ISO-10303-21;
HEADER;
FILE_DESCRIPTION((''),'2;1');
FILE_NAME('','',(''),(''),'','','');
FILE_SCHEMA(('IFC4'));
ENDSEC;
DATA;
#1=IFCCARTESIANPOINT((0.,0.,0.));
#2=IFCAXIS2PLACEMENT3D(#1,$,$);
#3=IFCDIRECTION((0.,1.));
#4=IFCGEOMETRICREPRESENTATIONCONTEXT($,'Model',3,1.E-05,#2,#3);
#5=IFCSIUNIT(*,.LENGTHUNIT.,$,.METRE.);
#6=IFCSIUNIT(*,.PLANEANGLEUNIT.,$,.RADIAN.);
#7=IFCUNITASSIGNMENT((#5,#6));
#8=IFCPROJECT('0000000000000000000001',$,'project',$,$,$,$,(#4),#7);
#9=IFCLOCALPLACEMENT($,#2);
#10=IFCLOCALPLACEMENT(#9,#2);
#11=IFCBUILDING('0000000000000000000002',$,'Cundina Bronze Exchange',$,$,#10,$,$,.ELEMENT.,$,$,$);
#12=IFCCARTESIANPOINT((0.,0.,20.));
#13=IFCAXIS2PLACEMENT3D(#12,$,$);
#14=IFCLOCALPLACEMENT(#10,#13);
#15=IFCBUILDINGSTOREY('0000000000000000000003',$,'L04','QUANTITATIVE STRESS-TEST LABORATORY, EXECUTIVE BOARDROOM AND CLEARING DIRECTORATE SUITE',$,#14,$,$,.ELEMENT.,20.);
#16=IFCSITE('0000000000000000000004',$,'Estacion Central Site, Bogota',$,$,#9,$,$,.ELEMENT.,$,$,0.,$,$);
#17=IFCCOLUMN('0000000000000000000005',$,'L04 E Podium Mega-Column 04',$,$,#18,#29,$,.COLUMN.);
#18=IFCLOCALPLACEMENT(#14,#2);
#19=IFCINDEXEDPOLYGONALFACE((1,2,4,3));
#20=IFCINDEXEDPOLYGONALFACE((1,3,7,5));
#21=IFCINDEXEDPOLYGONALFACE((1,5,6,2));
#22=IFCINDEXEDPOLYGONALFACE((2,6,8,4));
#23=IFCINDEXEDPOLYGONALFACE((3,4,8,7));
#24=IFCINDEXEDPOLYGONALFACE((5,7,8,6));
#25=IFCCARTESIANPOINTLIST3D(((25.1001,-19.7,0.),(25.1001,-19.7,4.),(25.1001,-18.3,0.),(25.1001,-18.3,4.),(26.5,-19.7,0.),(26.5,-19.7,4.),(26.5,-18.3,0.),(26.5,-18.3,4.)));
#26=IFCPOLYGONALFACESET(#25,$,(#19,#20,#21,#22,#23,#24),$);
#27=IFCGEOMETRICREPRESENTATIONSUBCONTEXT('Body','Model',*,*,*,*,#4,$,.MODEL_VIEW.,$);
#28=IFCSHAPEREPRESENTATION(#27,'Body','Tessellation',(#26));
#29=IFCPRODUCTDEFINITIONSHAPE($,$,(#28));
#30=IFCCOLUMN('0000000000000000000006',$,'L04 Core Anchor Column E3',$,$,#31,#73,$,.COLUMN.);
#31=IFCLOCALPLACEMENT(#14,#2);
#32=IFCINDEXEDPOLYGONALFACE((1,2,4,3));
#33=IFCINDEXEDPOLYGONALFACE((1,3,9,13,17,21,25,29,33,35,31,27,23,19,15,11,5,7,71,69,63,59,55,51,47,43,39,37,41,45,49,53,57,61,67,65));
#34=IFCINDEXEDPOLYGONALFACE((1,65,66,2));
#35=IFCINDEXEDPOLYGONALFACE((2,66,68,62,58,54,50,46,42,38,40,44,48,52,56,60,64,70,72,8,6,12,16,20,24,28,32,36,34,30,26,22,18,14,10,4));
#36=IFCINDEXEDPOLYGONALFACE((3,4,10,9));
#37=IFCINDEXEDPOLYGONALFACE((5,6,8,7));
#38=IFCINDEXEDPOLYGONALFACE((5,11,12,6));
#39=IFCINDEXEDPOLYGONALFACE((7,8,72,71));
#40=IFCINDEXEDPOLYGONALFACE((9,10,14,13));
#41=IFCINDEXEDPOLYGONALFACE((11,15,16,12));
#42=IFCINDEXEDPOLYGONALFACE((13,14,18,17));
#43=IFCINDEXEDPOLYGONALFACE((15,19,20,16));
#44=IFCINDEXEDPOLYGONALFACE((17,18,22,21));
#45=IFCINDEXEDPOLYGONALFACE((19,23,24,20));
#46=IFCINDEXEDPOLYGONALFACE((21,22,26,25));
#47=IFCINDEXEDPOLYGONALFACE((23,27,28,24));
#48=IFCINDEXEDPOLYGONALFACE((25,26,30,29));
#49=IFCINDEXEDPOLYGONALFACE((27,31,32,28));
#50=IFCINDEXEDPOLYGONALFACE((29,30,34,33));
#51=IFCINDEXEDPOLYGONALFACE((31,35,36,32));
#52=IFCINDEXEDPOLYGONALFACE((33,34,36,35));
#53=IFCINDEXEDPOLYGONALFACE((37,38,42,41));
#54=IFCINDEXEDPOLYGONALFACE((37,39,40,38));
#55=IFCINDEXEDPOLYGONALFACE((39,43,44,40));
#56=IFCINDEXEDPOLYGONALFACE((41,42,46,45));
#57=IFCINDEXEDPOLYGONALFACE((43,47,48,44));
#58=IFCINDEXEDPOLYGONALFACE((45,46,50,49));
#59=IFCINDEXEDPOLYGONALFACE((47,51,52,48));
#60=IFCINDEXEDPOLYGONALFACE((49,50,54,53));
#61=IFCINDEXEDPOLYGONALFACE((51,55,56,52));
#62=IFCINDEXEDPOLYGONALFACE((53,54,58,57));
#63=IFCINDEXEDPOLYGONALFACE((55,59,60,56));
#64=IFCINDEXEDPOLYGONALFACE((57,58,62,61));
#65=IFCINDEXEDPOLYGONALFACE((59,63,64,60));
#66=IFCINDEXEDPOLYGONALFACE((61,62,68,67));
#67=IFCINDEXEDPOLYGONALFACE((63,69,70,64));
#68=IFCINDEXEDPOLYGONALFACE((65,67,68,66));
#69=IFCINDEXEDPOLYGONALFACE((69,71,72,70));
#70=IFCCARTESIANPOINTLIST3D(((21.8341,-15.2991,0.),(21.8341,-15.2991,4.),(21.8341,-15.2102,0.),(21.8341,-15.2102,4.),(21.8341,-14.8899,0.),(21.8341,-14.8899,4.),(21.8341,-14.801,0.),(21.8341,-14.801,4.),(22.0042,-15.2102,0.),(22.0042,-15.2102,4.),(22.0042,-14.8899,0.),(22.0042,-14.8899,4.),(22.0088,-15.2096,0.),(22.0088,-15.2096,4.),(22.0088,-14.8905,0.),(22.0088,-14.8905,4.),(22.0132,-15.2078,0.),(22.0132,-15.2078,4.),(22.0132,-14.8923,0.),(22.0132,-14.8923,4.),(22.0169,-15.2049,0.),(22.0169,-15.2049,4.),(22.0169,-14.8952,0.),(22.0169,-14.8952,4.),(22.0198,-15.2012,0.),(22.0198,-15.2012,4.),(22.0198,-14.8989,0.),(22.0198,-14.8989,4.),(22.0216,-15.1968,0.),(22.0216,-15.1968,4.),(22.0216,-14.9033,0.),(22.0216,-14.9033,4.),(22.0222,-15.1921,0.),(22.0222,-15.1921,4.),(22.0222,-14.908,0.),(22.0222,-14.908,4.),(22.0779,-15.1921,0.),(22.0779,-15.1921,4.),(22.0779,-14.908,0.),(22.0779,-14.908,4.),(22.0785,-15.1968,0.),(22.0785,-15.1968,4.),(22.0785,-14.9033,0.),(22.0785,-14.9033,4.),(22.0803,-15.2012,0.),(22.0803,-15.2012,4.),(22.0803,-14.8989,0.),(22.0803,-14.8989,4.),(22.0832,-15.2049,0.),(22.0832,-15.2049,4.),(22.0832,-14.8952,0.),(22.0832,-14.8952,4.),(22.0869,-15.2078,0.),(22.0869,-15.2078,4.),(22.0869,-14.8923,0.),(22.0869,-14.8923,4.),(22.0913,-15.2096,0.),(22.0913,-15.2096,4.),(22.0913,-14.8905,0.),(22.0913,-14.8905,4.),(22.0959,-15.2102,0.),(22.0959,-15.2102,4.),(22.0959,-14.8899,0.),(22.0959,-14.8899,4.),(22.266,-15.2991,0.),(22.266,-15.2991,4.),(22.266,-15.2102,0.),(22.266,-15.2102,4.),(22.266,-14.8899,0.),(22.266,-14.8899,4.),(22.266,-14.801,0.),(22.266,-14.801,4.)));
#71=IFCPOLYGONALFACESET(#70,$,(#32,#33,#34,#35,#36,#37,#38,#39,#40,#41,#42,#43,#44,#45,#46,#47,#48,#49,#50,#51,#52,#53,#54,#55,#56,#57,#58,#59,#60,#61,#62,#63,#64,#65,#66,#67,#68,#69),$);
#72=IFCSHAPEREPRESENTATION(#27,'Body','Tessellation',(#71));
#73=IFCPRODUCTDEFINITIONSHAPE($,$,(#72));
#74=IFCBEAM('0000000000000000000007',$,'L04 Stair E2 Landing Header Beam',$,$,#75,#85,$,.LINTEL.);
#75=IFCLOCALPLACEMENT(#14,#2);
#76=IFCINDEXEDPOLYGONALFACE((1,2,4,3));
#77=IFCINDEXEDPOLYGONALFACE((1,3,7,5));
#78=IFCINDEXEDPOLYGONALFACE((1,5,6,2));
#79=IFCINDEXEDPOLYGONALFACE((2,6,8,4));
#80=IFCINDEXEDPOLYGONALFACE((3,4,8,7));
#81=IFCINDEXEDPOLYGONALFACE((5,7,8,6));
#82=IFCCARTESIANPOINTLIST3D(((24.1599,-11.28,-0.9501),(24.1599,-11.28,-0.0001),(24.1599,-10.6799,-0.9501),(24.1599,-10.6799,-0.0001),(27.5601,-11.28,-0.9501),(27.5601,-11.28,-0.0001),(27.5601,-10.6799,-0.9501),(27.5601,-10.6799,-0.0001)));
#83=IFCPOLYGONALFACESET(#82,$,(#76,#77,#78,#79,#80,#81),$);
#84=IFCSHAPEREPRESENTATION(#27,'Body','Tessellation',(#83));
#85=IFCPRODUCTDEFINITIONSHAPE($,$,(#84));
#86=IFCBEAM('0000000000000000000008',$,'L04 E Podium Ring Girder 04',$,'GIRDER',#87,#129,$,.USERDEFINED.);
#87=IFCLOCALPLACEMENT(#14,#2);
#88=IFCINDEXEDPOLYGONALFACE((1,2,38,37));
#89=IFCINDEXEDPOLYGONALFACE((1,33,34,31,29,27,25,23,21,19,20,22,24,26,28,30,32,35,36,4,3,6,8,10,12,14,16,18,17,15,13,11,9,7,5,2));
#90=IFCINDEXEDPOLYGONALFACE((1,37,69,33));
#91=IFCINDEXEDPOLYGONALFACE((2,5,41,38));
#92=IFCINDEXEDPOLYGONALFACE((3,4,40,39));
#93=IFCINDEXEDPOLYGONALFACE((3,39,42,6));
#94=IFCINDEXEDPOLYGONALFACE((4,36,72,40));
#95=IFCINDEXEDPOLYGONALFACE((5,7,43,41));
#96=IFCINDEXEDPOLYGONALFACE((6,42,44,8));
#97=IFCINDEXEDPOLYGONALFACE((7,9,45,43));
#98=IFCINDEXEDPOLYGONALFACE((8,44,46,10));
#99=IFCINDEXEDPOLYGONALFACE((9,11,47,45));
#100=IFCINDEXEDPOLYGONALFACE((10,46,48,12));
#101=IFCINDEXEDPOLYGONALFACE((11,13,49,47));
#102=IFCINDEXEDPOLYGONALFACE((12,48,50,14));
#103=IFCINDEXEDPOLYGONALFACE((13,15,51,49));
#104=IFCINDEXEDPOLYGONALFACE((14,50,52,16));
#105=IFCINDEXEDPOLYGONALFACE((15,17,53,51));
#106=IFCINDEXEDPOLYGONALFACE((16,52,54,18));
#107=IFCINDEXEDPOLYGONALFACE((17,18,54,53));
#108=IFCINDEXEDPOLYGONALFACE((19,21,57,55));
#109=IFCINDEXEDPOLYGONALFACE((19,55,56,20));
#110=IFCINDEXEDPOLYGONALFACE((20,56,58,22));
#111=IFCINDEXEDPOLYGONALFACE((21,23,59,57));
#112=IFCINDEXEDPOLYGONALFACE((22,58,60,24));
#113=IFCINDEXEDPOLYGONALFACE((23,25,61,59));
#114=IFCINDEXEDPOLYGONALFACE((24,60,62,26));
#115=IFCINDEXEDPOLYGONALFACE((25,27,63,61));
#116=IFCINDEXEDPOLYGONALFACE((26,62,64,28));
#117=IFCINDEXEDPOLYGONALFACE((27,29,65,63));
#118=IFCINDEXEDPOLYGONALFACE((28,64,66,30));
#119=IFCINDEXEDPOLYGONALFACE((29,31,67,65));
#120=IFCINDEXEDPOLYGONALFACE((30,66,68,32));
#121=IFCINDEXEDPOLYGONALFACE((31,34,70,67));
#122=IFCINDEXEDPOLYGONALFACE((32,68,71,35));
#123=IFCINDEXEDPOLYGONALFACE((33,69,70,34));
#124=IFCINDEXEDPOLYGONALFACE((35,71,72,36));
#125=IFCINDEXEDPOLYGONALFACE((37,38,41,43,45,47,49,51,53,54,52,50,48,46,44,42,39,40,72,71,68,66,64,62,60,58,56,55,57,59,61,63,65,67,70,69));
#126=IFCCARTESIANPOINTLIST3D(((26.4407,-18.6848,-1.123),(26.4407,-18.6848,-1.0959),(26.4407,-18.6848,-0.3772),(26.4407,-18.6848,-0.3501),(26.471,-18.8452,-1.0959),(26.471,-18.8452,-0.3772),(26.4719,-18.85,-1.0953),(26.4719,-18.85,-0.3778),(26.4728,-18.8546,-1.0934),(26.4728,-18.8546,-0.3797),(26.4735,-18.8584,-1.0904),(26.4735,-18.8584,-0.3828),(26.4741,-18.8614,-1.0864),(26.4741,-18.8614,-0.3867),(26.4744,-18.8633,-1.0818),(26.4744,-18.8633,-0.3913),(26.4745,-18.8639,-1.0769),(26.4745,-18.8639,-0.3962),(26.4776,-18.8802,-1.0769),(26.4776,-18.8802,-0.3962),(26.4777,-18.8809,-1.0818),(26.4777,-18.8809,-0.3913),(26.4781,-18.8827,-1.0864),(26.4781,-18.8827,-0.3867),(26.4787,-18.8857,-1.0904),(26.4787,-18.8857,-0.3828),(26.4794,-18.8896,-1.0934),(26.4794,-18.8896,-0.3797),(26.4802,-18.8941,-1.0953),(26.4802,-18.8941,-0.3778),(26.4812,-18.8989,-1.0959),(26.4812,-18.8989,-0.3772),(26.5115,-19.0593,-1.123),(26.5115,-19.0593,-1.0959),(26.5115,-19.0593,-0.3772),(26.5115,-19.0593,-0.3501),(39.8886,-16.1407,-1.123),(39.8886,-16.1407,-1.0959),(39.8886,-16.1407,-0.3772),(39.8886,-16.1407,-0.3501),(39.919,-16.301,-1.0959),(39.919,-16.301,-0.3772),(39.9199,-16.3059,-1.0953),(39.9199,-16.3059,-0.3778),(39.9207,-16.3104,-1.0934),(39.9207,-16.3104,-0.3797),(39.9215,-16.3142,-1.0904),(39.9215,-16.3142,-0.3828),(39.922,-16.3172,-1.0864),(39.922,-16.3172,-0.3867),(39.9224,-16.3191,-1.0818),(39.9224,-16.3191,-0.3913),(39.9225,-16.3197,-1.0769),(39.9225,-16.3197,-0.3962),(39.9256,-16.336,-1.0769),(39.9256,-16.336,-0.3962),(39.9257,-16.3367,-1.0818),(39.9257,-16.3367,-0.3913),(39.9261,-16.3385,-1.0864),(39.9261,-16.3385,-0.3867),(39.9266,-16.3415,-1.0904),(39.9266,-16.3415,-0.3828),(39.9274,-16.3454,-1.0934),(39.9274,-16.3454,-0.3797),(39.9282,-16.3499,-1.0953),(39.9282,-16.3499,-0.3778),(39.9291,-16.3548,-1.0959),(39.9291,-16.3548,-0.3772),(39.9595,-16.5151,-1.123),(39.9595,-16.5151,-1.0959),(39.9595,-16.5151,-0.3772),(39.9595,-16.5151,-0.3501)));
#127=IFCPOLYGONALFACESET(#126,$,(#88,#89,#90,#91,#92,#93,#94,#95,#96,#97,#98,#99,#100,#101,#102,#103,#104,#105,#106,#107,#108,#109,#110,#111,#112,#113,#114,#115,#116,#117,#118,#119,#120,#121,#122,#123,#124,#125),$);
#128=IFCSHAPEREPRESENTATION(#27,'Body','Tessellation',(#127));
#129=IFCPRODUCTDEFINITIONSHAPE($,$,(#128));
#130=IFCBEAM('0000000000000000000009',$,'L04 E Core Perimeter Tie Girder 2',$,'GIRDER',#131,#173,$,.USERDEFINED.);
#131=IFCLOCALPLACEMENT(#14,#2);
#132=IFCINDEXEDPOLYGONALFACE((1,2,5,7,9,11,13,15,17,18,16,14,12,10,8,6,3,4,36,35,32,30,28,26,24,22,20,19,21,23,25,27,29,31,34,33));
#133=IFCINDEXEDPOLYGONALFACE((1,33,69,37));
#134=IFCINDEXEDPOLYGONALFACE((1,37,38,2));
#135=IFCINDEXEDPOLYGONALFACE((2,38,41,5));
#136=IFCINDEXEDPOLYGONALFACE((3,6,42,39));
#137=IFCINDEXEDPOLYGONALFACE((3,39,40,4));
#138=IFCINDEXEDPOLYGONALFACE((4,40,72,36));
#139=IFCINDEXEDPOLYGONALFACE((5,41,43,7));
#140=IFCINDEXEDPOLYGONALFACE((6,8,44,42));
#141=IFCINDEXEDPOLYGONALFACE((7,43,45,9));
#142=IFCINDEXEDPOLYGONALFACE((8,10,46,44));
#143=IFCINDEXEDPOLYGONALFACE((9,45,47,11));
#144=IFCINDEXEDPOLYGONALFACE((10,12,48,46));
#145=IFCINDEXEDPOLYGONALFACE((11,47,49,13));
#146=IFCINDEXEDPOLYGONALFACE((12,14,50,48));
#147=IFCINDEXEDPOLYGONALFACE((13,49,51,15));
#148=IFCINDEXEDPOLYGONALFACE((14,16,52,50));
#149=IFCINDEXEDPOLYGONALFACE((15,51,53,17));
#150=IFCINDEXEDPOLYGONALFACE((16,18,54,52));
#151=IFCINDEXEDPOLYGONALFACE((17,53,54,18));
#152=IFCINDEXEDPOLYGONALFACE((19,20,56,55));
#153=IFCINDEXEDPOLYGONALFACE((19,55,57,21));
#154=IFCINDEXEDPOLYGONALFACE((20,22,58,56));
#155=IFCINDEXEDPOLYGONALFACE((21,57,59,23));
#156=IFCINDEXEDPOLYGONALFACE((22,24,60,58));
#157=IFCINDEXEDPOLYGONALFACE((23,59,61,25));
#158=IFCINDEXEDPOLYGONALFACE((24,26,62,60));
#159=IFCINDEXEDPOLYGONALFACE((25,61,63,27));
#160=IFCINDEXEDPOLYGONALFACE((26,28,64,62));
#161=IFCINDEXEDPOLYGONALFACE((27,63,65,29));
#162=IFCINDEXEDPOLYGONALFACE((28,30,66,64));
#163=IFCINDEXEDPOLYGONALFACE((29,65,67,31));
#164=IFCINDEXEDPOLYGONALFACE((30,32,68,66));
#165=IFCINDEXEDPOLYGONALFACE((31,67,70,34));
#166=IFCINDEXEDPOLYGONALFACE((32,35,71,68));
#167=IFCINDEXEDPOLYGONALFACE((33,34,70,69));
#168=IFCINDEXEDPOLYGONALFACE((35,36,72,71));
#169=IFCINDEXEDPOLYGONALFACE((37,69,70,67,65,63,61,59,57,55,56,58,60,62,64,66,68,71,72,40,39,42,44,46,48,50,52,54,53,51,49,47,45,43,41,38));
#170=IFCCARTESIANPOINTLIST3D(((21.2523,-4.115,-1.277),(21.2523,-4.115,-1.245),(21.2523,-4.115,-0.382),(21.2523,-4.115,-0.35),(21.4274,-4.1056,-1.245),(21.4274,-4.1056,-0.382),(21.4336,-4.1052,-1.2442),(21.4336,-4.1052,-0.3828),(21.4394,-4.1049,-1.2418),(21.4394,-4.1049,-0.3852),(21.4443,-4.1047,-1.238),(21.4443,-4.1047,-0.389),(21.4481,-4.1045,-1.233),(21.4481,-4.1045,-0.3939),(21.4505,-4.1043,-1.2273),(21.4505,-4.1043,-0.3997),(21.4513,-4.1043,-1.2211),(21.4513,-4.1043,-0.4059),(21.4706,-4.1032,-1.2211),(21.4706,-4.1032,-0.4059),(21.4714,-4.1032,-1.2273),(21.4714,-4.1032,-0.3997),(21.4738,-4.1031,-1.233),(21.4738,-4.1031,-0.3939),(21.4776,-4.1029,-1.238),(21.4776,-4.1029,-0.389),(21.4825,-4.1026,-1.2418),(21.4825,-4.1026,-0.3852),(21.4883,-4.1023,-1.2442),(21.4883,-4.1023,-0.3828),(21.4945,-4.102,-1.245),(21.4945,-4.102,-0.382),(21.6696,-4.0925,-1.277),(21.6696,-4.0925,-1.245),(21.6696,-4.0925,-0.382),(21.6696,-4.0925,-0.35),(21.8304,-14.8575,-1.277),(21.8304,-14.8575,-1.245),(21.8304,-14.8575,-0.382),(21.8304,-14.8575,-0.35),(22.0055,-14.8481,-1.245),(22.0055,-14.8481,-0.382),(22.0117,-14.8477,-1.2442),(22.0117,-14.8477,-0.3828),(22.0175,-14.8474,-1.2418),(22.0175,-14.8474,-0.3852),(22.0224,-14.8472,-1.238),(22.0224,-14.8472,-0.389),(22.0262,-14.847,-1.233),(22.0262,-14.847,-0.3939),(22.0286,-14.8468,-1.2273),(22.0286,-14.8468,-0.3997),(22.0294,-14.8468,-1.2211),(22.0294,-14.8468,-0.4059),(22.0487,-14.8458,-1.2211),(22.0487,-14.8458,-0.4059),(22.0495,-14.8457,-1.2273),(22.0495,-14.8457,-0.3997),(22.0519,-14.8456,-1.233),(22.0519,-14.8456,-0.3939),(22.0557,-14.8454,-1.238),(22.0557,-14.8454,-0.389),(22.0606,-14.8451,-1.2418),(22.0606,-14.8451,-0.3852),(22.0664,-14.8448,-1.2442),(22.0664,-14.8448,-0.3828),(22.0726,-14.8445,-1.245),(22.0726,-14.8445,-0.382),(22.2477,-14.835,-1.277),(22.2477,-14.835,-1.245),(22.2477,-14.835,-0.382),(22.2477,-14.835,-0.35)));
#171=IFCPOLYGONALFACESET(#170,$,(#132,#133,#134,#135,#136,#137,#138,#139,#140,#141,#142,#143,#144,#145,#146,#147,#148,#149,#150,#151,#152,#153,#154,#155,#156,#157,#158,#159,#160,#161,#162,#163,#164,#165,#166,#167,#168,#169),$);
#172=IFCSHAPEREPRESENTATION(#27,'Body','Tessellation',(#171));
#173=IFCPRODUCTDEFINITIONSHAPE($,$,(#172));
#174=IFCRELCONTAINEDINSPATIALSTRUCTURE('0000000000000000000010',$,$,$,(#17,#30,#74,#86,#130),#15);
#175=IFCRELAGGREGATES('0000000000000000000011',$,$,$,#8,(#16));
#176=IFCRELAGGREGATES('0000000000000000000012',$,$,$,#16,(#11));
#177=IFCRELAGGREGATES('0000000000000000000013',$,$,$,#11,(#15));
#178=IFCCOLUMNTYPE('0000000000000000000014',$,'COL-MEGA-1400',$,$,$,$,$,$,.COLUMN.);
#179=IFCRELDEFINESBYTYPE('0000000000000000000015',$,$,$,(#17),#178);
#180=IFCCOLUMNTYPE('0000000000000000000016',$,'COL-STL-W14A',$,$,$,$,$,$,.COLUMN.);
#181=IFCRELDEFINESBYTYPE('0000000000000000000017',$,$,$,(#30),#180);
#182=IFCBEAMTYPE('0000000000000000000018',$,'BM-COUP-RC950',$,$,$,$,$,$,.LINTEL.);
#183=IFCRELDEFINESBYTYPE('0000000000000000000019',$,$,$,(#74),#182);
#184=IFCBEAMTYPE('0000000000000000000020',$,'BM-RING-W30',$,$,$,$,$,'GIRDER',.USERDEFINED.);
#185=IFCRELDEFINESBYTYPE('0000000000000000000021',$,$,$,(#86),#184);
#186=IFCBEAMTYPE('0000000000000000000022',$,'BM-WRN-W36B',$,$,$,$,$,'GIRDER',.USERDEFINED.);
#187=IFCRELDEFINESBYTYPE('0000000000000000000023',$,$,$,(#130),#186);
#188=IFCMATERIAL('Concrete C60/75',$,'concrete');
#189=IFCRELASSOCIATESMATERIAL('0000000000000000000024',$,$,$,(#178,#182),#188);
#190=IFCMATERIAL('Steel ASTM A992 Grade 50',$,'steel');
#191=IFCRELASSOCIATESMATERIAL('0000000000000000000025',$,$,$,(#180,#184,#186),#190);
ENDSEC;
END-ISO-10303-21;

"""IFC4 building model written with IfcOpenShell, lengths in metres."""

from ifc_helpers import new_model, si_unit, direction, frame, origin, origin_2d, place, context, subcontext, project, spatial, rectangle, i_section, extrude, material, material_profile, profile_set, type_object, element, save


model = new_model("IFC4")

# Units and contexts
model_context = context("Model", 3, precision=1e-05, world=origin(), true_north=direction((0.0, 1.0)))
body_context = subcontext(model_context, "Body", "Model", "MODEL_VIEW")
ifc_project = project(units=[si_unit("LENGTHUNIT", "METRE"), si_unit("PLANEANGLEUNIT", "RADIAN")], contexts=[model_context])

# Site, building, storey
site_placement = place(None, origin())
site = spatial("IfcSite", under=ifc_project, at=site_placement, Name="Estacion Central Site, Bogota", CompositionType="ELEMENT", RefElevation=0.0)
building_placement = place(site_placement, origin())
building = spatial("IfcBuilding", under=site, at=building_placement, Name="Cundina Bronze Exchange", CompositionType="ELEMENT")
storey_placement = place(building_placement, frame((0.0, 0.0, 20.0)))
storey = spatial("IfcBuildingStorey", under=building, at=storey_placement, Name="L04", Description="QUANTITATIVE STRESS-TEST LABORATORY, EXECUTIVE BOARDROOM AND CLEARING DIRECTORATE SUITE", CompositionType="ELEMENT", Elevation=20.0)

# Columns
ifc_material_1 = material(Name="Concrete C60/75", Category="concrete")
ifc_material_profile_1 = material_profile(ifc_material_1, rectangle(XDim=1.3999, YDim=1.3999, at=origin_2d()), Name="RC1400X1400", Category="concrete")
ifc_profile_set_1 = profile_set([ifc_material_profile_1], Name="Concrete C60/75")
column_type_1 = type_object("IfcColumnType", Name="COL-MEGA-1400", PredefinedType="COLUMN", material=ifc_profile_set_1)
column_1_placement = place(storey_placement, frame((25.8, -19.0, 0.0), z_axis=(0.0, 0.0, 1.0), x_axis=(1.0, 0.0, 0.0)))
element("IfcColumn", 1, at=column_1_placement, inside=storey, type_object=column_type_1, Name="L04 E Podium Mega-Column 04", PredefinedType="COLUMN", context=body_context, shape_type="SweptSolid", body=[
    extrude(rectangle(XDim=1.3999, YDim=1.3999, at=origin_2d()), origin(), (0.0, 0.0, 1.0), 4.0),
])
ifc_material_2 = material(Name="Steel ASTM A992 Grade 50", Category="steel")
ifc_material_profile_2 = material_profile(ifc_material_2, i_section(OverallWidth=0.4319, OverallDepth=0.498, WebThickness=0.0557, FlangeThickness=0.0889, FilletRadius=0.0181, at=origin_2d()), Name="W14X500", Category="steel")
ifc_profile_set_2 = profile_set([ifc_material_profile_2], Name="Steel ASTM A992 Grade 50")
column_type_2 = type_object("IfcColumnType", Name="COL-STL-W14A", PredefinedType="COLUMN", material=ifc_profile_set_2)
column_2_placement = place(storey_placement, frame((22.05, -15.05, 0.0), z_axis=(0.0, 0.0, 1.0), x_axis=(1.0, 0.0, 0.0)))
element("IfcColumn", 2, at=column_2_placement, inside=storey, type_object=column_type_2, Name="L04 Core Anchor Column E3", PredefinedType="COLUMN", context=body_context, shape_type="SweptSolid", body=[
    extrude(i_section(OverallWidth=0.4319, OverallDepth=0.498, WebThickness=0.0557, FlangeThickness=0.0889, FilletRadius=0.0181, at=origin_2d()), origin(), (0.0, 0.0, 1.0), 4.0),
])

# Beams
ifc_material_profile_3 = material_profile(ifc_material_1, rectangle(XDim=0.6001, YDim=0.95, at=origin_2d()), Name="RC600X950", Category="concrete")
ifc_profile_set_3 = profile_set([ifc_material_profile_3], Name="Concrete C60/75")
beam_type_1 = type_object("IfcBeamType", Name="BM-COUP-RC950", PredefinedType="LINTEL", material=ifc_profile_set_3)
beam_1_placement = place(storey_placement, frame((24.1599, -10.98, -0.4751), z_axis=(1.0, 0.0, 0.0), x_axis=(0.0, 1.0, 0.0)))
element("IfcBeam", 3, at=beam_1_placement, inside=storey, type_object=beam_type_1, Name="L04 Stair E2 Landing Header Beam", PredefinedType="LINTEL", context=body_context, shape_type="SweptSolid", body=[
    extrude(rectangle(XDim=0.6001, YDim=0.95, at=origin_2d()), origin(), (0.0, 0.0, 1.0), 3.4001),
])
ifc_material_profile_4 = material_profile(ifc_material_2, i_section(OverallWidth=0.3811, OverallDepth=0.7729, WebThickness=0.0166, FlangeThickness=0.0271, FilletRadius=0.019, at=origin_2d()), Name="W30X173", Category="steel")
ifc_profile_set_4 = profile_set([ifc_material_profile_4], Name="Steel ASTM A992 Grade 50")
beam_type_2 = type_object("IfcBeamType", Name="BM-RING-W30", ElementType="GIRDER", PredefinedType="USERDEFINED", material=ifc_profile_set_4)
beam_2_placement = place(storey_placement, frame((26.4761, -18.8721, -0.7366), z_axis=(0.982571, 0.18589, 0.0), x_axis=(-0.18589, 0.982571, 0.0)))
element("IfcBeam", 4, at=beam_2_placement, inside=storey, type_object=beam_type_2, Name="L04 E Podium Ring Girder 04", ObjectType="GIRDER", PredefinedType="USERDEFINED", context=body_context, shape_type="SweptSolid", body=[
    extrude(i_section(OverallWidth=0.3811, OverallDepth=0.7729, WebThickness=0.0166, FlangeThickness=0.0271, FilletRadius=0.019, at=origin_2d()), origin(), (0.0, 0.0, 1.0), 13.6865),
])
ifc_material_profile_5 = material_profile(ifc_material_2, i_section(OverallWidth=0.418, OverallDepth=0.927, WebThickness=0.0193, FlangeThickness=0.032, FilletRadius=0.0239, at=origin_2d()), Name="W36X231", Category="steel")
ifc_profile_set_5 = profile_set([ifc_material_profile_5], Name="Steel ASTM A992 Grade 50")
beam_type_3 = type_object("IfcBeamType", Name="BM-WRN-W36B", ElementType="GIRDER", PredefinedType="USERDEFINED", material=ifc_profile_set_5)
beam_3_placement = place(storey_placement, frame((21.4609, -4.1038, -0.8135), z_axis=(0.053739, -0.998555, 0.0), x_axis=(0.998555, 0.053739, 0.0)))
element("IfcBeam", 5, at=beam_3_placement, inside=storey, type_object=beam_type_3, Name="L04 E Core Perimeter Tie Girder 2", ObjectType="GIRDER", PredefinedType="USERDEFINED", context=body_context, shape_type="SweptSolid", body=[
    extrude(i_section(OverallWidth=0.418, OverallDepth=0.927, WebThickness=0.0193, FlangeThickness=0.032, FilletRadius=0.0239, at=origin_2d()), origin(), (0.0, 0.0, 1.0), 10.7581),
])

save(model, "model.ifc")
